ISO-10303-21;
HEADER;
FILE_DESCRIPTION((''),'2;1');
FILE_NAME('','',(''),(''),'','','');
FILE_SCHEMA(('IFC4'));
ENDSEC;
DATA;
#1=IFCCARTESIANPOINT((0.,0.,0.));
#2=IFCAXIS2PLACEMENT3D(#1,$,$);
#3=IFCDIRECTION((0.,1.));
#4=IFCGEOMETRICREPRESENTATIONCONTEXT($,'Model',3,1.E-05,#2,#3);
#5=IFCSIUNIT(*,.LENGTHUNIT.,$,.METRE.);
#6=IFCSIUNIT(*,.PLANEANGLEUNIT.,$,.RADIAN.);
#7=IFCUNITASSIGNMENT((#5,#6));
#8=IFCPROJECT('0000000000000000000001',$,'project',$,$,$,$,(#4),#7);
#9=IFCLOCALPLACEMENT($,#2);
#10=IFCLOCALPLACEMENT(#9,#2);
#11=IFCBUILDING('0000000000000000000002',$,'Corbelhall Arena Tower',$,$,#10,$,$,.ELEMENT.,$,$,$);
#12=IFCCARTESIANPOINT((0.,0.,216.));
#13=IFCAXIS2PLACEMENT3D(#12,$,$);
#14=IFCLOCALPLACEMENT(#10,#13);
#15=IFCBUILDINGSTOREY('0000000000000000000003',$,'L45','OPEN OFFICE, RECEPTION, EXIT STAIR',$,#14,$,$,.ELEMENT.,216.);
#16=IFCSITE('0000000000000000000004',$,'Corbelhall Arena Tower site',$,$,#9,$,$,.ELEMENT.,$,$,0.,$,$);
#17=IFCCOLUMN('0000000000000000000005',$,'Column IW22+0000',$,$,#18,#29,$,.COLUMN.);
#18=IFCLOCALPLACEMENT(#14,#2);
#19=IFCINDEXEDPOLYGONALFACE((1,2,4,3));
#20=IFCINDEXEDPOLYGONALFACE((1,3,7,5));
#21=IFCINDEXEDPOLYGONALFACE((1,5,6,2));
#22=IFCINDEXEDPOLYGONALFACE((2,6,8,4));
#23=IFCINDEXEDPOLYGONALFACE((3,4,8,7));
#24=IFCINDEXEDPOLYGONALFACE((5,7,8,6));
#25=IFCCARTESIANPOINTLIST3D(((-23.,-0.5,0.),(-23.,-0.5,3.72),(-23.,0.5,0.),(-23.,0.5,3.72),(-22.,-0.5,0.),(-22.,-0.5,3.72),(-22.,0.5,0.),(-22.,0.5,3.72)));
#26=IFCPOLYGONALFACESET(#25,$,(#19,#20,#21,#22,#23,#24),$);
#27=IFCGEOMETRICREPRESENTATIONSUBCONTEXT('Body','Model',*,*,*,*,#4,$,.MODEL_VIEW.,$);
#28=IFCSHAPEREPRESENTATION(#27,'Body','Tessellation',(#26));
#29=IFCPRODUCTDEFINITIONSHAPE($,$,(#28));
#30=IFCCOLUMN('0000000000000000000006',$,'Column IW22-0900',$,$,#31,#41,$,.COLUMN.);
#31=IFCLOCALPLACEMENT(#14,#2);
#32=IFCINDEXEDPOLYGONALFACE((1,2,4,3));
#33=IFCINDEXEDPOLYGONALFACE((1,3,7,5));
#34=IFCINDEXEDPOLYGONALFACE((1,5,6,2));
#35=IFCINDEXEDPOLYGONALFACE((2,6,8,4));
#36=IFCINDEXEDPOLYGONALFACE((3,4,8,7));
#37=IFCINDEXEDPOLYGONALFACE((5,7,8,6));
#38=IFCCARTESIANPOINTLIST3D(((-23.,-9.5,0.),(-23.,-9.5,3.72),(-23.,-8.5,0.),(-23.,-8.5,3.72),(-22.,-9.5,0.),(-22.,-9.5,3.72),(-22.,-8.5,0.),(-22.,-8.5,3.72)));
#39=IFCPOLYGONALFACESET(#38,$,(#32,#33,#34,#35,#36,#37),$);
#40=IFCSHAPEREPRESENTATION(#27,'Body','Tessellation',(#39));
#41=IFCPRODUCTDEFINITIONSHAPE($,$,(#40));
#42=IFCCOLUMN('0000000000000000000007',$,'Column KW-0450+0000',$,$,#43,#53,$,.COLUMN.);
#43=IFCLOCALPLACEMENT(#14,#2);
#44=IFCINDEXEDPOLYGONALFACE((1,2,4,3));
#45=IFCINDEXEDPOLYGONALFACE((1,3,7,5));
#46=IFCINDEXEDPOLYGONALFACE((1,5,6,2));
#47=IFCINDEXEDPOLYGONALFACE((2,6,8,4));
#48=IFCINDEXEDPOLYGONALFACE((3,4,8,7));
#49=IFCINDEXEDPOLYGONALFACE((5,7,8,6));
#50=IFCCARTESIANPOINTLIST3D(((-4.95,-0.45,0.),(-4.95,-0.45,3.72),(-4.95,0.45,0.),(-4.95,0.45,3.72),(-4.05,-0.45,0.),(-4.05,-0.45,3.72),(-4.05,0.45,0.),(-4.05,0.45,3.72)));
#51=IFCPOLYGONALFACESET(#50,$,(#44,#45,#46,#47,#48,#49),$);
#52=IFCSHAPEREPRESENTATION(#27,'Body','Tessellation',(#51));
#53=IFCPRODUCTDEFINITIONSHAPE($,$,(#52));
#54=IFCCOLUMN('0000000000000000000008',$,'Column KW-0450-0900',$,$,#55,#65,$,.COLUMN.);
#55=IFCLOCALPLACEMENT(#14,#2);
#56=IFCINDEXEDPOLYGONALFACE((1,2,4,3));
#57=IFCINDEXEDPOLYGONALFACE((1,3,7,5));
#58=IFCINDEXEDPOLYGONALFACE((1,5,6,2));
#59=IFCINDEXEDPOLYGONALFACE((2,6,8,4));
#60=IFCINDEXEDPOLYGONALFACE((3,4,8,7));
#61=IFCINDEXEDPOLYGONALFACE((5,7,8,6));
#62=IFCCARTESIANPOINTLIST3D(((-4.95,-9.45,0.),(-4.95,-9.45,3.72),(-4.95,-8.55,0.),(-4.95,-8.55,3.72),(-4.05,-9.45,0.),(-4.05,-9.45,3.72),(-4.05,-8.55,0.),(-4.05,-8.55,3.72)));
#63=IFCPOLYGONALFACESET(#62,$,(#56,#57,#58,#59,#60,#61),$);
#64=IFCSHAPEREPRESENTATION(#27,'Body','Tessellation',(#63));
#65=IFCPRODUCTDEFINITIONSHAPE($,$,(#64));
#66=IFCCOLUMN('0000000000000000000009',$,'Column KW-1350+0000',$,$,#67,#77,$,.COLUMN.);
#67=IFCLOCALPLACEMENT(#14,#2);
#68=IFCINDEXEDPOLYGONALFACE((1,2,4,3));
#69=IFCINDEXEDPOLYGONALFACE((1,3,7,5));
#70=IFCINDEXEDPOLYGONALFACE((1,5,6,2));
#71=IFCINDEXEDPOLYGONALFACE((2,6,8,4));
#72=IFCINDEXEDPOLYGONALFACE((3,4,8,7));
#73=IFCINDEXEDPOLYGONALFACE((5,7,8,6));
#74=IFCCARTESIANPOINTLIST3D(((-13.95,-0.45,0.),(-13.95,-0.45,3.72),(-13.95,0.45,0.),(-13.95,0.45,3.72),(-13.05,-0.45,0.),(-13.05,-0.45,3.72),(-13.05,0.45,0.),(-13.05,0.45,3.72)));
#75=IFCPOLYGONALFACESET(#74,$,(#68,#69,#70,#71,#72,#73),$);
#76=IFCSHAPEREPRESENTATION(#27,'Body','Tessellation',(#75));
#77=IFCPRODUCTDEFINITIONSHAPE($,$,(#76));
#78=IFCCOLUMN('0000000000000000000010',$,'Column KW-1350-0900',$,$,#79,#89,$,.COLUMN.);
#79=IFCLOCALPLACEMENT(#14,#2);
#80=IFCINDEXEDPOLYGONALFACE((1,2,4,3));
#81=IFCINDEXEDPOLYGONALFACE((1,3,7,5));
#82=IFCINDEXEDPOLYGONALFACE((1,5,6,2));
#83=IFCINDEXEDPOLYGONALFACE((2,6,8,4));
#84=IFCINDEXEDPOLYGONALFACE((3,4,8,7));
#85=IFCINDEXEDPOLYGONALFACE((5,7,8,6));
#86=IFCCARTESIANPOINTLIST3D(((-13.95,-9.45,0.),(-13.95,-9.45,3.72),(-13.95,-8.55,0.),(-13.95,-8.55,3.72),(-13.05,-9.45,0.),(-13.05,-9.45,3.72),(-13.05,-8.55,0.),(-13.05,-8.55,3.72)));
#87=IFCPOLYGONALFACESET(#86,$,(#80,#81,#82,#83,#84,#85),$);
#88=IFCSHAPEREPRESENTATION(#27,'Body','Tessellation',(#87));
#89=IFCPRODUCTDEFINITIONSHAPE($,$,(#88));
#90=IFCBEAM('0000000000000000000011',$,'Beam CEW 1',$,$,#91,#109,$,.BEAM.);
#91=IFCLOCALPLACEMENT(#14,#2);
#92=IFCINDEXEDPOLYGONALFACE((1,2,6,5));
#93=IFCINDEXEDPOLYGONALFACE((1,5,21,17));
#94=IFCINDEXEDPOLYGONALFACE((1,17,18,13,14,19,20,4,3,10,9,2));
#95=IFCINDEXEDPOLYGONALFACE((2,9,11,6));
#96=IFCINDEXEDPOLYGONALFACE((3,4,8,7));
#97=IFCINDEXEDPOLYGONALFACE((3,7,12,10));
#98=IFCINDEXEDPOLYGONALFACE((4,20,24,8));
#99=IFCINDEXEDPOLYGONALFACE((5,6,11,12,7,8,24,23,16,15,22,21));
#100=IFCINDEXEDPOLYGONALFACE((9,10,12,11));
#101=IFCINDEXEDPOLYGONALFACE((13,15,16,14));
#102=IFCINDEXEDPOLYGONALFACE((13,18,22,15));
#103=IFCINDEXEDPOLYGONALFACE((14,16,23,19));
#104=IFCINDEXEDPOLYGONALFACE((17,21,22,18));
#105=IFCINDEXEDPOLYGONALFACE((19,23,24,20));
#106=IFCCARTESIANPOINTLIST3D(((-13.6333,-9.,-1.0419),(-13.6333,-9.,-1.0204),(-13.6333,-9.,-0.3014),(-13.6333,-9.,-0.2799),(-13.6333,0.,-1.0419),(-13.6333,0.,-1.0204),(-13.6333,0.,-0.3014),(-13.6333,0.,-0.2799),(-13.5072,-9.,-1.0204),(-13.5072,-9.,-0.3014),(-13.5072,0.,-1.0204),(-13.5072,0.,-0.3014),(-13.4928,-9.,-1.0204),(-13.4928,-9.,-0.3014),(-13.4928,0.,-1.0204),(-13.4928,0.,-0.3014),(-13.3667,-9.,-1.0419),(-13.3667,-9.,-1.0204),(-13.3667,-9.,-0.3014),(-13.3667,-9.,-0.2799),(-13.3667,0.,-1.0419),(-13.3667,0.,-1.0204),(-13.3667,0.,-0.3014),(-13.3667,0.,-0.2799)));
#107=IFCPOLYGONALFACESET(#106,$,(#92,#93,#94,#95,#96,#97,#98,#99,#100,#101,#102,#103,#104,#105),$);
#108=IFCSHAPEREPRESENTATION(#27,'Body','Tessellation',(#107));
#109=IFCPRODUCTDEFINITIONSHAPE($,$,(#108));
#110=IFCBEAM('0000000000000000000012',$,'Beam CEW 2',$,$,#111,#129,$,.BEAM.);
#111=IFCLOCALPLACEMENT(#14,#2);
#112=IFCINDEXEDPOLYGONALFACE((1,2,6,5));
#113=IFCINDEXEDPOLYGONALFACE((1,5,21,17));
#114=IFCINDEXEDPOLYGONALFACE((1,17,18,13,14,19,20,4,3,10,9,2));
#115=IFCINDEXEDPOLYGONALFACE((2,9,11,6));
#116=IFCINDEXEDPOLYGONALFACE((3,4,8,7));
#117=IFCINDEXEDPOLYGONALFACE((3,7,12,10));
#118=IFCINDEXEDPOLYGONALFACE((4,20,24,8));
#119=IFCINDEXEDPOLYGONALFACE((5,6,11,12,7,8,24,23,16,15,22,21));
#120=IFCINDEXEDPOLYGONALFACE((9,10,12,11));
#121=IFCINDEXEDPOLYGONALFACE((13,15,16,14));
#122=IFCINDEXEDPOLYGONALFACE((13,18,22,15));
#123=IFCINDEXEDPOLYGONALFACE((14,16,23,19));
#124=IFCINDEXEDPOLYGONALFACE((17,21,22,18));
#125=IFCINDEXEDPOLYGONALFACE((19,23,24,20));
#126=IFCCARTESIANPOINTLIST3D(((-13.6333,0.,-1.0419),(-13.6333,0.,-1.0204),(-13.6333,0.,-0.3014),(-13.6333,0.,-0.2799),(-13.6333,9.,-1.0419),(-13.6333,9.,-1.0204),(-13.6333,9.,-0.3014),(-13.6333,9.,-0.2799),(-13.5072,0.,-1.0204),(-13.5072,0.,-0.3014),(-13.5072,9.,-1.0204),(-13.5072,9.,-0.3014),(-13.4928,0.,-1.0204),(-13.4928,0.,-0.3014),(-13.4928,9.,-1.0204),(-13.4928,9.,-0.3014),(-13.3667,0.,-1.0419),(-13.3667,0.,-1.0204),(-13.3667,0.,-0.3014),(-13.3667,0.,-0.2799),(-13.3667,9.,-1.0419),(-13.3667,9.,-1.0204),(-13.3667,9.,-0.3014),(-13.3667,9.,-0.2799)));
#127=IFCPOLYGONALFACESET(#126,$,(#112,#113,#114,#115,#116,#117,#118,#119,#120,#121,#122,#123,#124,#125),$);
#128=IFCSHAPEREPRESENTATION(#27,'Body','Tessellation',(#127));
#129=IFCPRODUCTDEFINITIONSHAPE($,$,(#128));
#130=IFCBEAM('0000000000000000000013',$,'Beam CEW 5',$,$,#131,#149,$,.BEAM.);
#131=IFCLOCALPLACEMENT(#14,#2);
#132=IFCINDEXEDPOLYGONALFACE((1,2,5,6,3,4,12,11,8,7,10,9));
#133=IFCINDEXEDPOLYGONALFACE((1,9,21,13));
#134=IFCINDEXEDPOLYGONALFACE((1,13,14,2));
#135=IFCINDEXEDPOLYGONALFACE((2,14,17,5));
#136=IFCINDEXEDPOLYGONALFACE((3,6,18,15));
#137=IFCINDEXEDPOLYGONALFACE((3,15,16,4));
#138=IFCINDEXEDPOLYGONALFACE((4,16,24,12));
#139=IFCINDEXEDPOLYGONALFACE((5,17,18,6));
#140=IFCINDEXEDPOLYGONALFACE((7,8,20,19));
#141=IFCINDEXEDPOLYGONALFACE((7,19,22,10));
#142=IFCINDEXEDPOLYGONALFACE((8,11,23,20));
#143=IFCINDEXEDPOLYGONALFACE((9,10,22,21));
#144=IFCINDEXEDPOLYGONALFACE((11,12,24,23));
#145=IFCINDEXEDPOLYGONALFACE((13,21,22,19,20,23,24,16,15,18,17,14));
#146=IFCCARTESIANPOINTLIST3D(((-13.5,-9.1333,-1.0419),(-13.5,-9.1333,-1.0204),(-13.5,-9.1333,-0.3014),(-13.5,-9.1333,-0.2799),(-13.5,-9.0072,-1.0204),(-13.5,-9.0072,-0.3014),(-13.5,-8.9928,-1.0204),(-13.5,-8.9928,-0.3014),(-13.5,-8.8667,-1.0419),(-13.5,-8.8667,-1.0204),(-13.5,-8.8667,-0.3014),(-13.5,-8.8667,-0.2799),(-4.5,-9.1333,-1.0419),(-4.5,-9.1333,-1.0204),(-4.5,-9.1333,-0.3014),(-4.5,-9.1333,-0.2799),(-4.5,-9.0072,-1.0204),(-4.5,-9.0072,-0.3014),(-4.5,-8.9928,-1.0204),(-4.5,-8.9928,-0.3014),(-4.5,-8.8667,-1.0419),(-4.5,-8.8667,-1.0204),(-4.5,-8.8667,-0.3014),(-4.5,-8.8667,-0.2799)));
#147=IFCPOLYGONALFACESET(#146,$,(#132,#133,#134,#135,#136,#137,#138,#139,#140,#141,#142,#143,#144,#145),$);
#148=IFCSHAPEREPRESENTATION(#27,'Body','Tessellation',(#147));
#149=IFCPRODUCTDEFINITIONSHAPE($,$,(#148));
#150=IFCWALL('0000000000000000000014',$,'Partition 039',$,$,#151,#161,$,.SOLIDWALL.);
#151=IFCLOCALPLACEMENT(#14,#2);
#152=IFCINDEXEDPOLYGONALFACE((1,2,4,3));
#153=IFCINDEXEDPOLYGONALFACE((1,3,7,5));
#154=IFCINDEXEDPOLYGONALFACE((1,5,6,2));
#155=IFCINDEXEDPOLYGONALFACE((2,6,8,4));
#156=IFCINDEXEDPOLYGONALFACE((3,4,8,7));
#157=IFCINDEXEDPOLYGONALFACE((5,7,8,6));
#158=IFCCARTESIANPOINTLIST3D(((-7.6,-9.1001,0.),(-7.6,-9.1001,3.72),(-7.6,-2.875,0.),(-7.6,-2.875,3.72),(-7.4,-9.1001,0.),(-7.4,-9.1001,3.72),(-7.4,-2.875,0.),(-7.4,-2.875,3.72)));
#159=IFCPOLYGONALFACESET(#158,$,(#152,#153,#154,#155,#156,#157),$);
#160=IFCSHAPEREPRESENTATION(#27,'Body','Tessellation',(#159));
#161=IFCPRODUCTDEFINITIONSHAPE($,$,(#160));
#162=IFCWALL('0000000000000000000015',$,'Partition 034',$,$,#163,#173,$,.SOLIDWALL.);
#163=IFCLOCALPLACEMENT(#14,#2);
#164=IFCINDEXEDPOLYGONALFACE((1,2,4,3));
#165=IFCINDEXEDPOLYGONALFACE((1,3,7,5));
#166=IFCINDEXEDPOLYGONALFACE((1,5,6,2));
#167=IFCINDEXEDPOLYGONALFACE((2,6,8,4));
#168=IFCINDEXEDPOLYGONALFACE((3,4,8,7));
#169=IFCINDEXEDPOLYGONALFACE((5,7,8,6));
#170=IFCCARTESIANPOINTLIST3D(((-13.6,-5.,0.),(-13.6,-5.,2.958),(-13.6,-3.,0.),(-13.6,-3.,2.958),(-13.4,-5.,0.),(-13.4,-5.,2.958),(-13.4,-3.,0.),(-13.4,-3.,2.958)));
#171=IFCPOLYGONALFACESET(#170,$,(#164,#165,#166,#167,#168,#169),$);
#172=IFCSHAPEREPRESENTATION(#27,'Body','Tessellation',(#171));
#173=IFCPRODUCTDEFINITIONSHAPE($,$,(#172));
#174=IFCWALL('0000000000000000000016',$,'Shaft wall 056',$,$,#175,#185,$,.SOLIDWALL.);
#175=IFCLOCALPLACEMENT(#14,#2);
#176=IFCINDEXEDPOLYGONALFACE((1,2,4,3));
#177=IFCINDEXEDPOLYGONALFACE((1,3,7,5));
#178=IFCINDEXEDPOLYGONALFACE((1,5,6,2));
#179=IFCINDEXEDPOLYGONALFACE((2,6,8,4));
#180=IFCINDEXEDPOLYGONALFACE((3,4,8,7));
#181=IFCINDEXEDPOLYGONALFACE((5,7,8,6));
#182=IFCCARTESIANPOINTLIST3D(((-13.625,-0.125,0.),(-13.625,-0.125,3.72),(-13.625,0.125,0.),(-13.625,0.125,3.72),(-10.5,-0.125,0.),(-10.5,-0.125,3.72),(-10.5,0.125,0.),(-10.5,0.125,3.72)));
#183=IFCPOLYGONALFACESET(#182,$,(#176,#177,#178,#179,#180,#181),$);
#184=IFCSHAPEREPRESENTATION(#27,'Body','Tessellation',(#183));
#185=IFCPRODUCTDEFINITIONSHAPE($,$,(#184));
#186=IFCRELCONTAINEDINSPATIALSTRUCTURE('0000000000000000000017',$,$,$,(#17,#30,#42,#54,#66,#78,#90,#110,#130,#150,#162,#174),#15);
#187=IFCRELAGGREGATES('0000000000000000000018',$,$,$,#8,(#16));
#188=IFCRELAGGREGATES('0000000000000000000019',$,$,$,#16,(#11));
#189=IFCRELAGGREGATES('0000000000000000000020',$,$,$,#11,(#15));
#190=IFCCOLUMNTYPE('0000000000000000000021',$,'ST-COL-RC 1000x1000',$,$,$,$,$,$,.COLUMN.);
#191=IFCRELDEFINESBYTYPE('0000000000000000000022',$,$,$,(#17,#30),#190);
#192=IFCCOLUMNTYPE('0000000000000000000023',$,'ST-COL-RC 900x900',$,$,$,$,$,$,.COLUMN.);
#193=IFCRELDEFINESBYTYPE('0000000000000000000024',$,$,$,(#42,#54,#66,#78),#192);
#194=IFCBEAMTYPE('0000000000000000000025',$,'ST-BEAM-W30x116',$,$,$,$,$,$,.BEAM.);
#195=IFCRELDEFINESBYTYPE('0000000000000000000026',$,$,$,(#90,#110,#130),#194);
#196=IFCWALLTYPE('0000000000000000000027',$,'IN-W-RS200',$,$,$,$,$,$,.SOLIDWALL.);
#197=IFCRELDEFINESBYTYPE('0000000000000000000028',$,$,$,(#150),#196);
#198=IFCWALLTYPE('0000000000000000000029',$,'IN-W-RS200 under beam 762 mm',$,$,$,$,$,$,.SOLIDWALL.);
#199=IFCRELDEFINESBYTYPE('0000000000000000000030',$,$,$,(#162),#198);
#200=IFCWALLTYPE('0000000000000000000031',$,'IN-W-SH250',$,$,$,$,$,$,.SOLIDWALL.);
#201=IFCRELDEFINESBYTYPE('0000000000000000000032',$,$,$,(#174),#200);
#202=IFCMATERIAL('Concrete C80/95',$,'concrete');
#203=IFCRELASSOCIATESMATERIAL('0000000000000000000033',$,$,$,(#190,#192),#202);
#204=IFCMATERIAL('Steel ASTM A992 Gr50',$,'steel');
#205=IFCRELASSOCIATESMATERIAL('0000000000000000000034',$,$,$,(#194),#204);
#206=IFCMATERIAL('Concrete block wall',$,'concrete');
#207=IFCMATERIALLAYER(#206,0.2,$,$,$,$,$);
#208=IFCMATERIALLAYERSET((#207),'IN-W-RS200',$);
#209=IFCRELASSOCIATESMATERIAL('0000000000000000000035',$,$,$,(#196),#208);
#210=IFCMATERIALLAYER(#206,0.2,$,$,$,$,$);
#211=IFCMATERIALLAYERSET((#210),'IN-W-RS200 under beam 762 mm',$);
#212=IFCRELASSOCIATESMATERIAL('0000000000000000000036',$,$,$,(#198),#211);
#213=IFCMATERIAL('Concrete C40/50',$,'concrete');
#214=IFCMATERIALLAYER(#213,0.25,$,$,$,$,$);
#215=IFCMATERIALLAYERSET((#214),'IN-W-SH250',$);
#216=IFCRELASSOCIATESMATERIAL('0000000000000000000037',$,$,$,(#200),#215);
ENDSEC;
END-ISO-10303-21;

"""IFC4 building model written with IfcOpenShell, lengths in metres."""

from ifc_helpers import new_model, si_unit, direction, frame, frame_2d, origin, origin_2d, place, context, subcontext, project, spatial, rectangle, i_section, extrude, material, layer, layer_set, material_profile, profile_set, type_object, element, save


model = new_model("IFC4")

# Units and contexts
model_context = context("Model", 3, precision=1e-05, world=origin(), true_north=direction((0.0, 1.0)))
body_context = subcontext(model_context, "Body", "Model", "MODEL_VIEW")
ifc_project = project(units=[si_unit("LENGTHUNIT", "METRE"), si_unit("PLANEANGLEUNIT", "RADIAN")], contexts=[model_context])

# Site, building, storey
site_placement = place(None, origin())
site = spatial("IfcSite", under=ifc_project, at=site_placement, Name="Corbelhall Arena Tower site", CompositionType="ELEMENT", RefElevation=0.0)
building_placement = place(site_placement, origin())
building = spatial("IfcBuilding", under=site, at=building_placement, Name="Corbelhall Arena Tower", CompositionType="ELEMENT")
storey_placement = place(building_placement, frame((0.0, 0.0, 216.0)))
storey = spatial("IfcBuildingStorey", under=building, at=storey_placement, Name="L45", Description="OPEN OFFICE, RECEPTION, EXIT STAIR", CompositionType="ELEMENT", Elevation=216.0)

# Columns
ifc_material_1 = material(Name="Concrete C80/95", Category="concrete")
ifc_material_profile_1 = material_profile(ifc_material_1, rectangle(XDim=1.0, YDim=1.0, at=origin_2d()))
ifc_profile_set_1 = profile_set([ifc_material_profile_1], Name="Concrete C80/95")
column_type_1 = type_object("IfcColumnType", Name="ST-COL-RC 1000x1000", PredefinedType="COLUMN", material=ifc_profile_set_1)
for number, where, z_axis, x_axis, name in (
    (1, (-22.5, 0.0, 0.0), (0.0, 0.0, 1.0), (1.0, 0.0, 0.0), "Column IW22+0000"),
    (2, (-22.5, -9.0, 0.0), (0.0, 0.0, 1.0), (1.0, 0.0, 0.0), "Column IW22-0900"),
):
    element("IfcColumn", number, at=place(storey_placement, frame(where, z_axis=z_axis, x_axis=x_axis)), inside=storey, type_object=column_type_1, Name=name, PredefinedType="COLUMN", context=body_context, shape_type="SweptSolid", body=[
        extrude(rectangle(XDim=1.0, YDim=1.0, at=origin_2d()), origin(), (0.0, 0.0, 1.0), 3.72),
    ])
ifc_material_profile_2 = material_profile(ifc_material_1, rectangle(XDim=0.8999, YDim=0.8999, at=origin_2d()))
ifc_profile_set_2 = profile_set([ifc_material_profile_2], Name="Concrete C80/95")
column_type_2 = type_object("IfcColumnType", Name="ST-COL-RC 900x900", PredefinedType="COLUMN", material=ifc_profile_set_2)
for number, where, z_axis, x_axis, name in (
    (3, (-4.5, 0.0, 0.0), (0.0, 0.0, 1.0), (1.0, 0.0, 0.0), "Column KW-0450+0000"),
    (4, (-4.5, -9.0, 0.0), (0.0, 0.0, 1.0), (1.0, 0.0, 0.0), "Column KW-0450-0900"),
    (5, (-13.5, 0.0, 0.0), (0.0, 0.0, 1.0), (1.0, 0.0, 0.0), "Column KW-1350+0000"),
    (6, (-13.5, -9.0, 0.0), (0.0, 0.0, 1.0), (1.0, 0.0, 0.0), "Column KW-1350-0900"),
):
    element("IfcColumn", number, at=place(storey_placement, frame(where, z_axis=z_axis, x_axis=x_axis)), inside=storey, type_object=column_type_2, Name=name, PredefinedType="COLUMN", context=body_context, shape_type="SweptSolid", body=[
        extrude(rectangle(XDim=0.8999, YDim=0.8999, at=origin_2d()), origin(), (0.0, 0.0, 1.0), 3.72),
    ])

# Beams
ifc_material_2 = material(Name="Steel ASTM A992 Gr50", Category="steel")
ifc_material_profile_3 = material_profile(ifc_material_2, i_section(OverallWidth=0.2666, OverallDepth=0.762, WebThickness=0.0144, FlangeThickness=0.0215, at=origin_2d()))
ifc_profile_set_3 = profile_set([ifc_material_profile_3], Name="Steel ASTM A992 Gr50")
beam_type = type_object("IfcBeamType", Name="ST-BEAM-W30x116", PredefinedType="BEAM", material=ifc_profile_set_3)
for number, where, z_axis, x_axis, name in (
    (7, (-13.5, -9.0, -0.6609), (0.0, 1.0, 0.0), (-1.0, 0.0, 0.0), "Beam CEW 1"),
    (8, (-13.5, 0.0, -0.6609), (0.0, 1.0, 0.0), (-1.0, 0.0, 0.0), "Beam CEW 2"),
    (9, (-13.5, -9.0, -0.6609), (1.0, 0.0, 0.0), (0.0, 1.0, 0.0), "Beam CEW 5"),
):
    element("IfcBeam", number, at=place(storey_placement, frame(where, z_axis=z_axis, x_axis=x_axis)), inside=storey, type_object=beam_type, Name=name, PredefinedType="BEAM", context=body_context, shape_type="SweptSolid", body=[
        extrude(i_section(OverallWidth=0.2666, OverallDepth=0.762, WebThickness=0.0144, FlangeThickness=0.0215, at=origin_2d()), origin(), (0.0, 0.0, 1.0), 9.0),
    ])

# Shared definitions
ifc_material_3 = material(Name="Concrete block wall", Category="concrete")
ifc_layer_1 = layer(ifc_material_3, 0.2)
ifc_layer_set_1 = layer_set([ifc_layer_1], Name="IN-W-RS200")
wall_type_1 = type_object("IfcWallType", Name="IN-W-RS200", PredefinedType="SOLIDWALL", material=ifc_layer_set_1)

# Walls
wall_1_placement = place(storey_placement, frame((-7.5, -9.1001, 0.0), z_axis=(0.0, 0.0, 1.0), x_axis=(0.0, 1.0, 0.0)))
element("IfcWall", 10, at=wall_1_placement, inside=storey, type_object=wall_type_1, Name="Partition 039", PredefinedType="SOLIDWALL", context=body_context, shape_type="SweptSolid", body=[
    extrude(rectangle(XDim=6.2251, YDim=0.2, at=frame_2d((3.1125, 0.0))), origin(), (0.0, 0.0, 1.0), 3.72),
])
ifc_layer_2 = layer(ifc_material_3, 0.2)
ifc_layer_set_2 = layer_set([ifc_layer_2], Name="IN-W-RS200 under beam 762 mm")
wall_type_2 = type_object("IfcWallType", Name="IN-W-RS200 under beam 762 mm", PredefinedType="SOLIDWALL", material=ifc_layer_set_2)
wall_2_placement = place(storey_placement, frame((-13.5, -5.0, 0.0), z_axis=(0.0, 0.0, 1.0), x_axis=(0.0, 1.0, 0.0)))
element("IfcWall", 11, at=wall_2_placement, inside=storey, type_object=wall_type_2, Name="Partition 034", PredefinedType="SOLIDWALL", context=body_context, shape_type="SweptSolid", body=[
    extrude(rectangle(XDim=2.0, YDim=0.2, at=frame_2d((1.0, 0.0))), origin(), (0.0, 0.0, 1.0), 2.958),
])
ifc_material_4 = material(Name="Concrete C40/50", Category="concrete")
ifc_layer_3 = layer(ifc_material_4, 0.25)
ifc_layer_set_3 = layer_set([ifc_layer_3], Name="IN-W-SH250")
wall_type_3 = type_object("IfcWallType", Name="IN-W-SH250", PredefinedType="SOLIDWALL", material=ifc_layer_set_3)
wall_3_placement = place(storey_placement, frame((-13.625, 0.0, 0.0), z_axis=(0.0, 0.0, 1.0), x_axis=(1.0, 0.0, 0.0)))
element("IfcWall", 12, at=wall_3_placement, inside=storey, type_object=wall_type_3, Name="Shaft wall 056", PredefinedType="SOLIDWALL", context=body_context, shape_type="SweptSolid", body=[
    extrude(rectangle(XDim=3.125, YDim=0.25, at=frame_2d((1.5625, 0.0))), origin(), (0.0, 0.0, 1.0), 3.72),
])

save(model, "model.ifc")
